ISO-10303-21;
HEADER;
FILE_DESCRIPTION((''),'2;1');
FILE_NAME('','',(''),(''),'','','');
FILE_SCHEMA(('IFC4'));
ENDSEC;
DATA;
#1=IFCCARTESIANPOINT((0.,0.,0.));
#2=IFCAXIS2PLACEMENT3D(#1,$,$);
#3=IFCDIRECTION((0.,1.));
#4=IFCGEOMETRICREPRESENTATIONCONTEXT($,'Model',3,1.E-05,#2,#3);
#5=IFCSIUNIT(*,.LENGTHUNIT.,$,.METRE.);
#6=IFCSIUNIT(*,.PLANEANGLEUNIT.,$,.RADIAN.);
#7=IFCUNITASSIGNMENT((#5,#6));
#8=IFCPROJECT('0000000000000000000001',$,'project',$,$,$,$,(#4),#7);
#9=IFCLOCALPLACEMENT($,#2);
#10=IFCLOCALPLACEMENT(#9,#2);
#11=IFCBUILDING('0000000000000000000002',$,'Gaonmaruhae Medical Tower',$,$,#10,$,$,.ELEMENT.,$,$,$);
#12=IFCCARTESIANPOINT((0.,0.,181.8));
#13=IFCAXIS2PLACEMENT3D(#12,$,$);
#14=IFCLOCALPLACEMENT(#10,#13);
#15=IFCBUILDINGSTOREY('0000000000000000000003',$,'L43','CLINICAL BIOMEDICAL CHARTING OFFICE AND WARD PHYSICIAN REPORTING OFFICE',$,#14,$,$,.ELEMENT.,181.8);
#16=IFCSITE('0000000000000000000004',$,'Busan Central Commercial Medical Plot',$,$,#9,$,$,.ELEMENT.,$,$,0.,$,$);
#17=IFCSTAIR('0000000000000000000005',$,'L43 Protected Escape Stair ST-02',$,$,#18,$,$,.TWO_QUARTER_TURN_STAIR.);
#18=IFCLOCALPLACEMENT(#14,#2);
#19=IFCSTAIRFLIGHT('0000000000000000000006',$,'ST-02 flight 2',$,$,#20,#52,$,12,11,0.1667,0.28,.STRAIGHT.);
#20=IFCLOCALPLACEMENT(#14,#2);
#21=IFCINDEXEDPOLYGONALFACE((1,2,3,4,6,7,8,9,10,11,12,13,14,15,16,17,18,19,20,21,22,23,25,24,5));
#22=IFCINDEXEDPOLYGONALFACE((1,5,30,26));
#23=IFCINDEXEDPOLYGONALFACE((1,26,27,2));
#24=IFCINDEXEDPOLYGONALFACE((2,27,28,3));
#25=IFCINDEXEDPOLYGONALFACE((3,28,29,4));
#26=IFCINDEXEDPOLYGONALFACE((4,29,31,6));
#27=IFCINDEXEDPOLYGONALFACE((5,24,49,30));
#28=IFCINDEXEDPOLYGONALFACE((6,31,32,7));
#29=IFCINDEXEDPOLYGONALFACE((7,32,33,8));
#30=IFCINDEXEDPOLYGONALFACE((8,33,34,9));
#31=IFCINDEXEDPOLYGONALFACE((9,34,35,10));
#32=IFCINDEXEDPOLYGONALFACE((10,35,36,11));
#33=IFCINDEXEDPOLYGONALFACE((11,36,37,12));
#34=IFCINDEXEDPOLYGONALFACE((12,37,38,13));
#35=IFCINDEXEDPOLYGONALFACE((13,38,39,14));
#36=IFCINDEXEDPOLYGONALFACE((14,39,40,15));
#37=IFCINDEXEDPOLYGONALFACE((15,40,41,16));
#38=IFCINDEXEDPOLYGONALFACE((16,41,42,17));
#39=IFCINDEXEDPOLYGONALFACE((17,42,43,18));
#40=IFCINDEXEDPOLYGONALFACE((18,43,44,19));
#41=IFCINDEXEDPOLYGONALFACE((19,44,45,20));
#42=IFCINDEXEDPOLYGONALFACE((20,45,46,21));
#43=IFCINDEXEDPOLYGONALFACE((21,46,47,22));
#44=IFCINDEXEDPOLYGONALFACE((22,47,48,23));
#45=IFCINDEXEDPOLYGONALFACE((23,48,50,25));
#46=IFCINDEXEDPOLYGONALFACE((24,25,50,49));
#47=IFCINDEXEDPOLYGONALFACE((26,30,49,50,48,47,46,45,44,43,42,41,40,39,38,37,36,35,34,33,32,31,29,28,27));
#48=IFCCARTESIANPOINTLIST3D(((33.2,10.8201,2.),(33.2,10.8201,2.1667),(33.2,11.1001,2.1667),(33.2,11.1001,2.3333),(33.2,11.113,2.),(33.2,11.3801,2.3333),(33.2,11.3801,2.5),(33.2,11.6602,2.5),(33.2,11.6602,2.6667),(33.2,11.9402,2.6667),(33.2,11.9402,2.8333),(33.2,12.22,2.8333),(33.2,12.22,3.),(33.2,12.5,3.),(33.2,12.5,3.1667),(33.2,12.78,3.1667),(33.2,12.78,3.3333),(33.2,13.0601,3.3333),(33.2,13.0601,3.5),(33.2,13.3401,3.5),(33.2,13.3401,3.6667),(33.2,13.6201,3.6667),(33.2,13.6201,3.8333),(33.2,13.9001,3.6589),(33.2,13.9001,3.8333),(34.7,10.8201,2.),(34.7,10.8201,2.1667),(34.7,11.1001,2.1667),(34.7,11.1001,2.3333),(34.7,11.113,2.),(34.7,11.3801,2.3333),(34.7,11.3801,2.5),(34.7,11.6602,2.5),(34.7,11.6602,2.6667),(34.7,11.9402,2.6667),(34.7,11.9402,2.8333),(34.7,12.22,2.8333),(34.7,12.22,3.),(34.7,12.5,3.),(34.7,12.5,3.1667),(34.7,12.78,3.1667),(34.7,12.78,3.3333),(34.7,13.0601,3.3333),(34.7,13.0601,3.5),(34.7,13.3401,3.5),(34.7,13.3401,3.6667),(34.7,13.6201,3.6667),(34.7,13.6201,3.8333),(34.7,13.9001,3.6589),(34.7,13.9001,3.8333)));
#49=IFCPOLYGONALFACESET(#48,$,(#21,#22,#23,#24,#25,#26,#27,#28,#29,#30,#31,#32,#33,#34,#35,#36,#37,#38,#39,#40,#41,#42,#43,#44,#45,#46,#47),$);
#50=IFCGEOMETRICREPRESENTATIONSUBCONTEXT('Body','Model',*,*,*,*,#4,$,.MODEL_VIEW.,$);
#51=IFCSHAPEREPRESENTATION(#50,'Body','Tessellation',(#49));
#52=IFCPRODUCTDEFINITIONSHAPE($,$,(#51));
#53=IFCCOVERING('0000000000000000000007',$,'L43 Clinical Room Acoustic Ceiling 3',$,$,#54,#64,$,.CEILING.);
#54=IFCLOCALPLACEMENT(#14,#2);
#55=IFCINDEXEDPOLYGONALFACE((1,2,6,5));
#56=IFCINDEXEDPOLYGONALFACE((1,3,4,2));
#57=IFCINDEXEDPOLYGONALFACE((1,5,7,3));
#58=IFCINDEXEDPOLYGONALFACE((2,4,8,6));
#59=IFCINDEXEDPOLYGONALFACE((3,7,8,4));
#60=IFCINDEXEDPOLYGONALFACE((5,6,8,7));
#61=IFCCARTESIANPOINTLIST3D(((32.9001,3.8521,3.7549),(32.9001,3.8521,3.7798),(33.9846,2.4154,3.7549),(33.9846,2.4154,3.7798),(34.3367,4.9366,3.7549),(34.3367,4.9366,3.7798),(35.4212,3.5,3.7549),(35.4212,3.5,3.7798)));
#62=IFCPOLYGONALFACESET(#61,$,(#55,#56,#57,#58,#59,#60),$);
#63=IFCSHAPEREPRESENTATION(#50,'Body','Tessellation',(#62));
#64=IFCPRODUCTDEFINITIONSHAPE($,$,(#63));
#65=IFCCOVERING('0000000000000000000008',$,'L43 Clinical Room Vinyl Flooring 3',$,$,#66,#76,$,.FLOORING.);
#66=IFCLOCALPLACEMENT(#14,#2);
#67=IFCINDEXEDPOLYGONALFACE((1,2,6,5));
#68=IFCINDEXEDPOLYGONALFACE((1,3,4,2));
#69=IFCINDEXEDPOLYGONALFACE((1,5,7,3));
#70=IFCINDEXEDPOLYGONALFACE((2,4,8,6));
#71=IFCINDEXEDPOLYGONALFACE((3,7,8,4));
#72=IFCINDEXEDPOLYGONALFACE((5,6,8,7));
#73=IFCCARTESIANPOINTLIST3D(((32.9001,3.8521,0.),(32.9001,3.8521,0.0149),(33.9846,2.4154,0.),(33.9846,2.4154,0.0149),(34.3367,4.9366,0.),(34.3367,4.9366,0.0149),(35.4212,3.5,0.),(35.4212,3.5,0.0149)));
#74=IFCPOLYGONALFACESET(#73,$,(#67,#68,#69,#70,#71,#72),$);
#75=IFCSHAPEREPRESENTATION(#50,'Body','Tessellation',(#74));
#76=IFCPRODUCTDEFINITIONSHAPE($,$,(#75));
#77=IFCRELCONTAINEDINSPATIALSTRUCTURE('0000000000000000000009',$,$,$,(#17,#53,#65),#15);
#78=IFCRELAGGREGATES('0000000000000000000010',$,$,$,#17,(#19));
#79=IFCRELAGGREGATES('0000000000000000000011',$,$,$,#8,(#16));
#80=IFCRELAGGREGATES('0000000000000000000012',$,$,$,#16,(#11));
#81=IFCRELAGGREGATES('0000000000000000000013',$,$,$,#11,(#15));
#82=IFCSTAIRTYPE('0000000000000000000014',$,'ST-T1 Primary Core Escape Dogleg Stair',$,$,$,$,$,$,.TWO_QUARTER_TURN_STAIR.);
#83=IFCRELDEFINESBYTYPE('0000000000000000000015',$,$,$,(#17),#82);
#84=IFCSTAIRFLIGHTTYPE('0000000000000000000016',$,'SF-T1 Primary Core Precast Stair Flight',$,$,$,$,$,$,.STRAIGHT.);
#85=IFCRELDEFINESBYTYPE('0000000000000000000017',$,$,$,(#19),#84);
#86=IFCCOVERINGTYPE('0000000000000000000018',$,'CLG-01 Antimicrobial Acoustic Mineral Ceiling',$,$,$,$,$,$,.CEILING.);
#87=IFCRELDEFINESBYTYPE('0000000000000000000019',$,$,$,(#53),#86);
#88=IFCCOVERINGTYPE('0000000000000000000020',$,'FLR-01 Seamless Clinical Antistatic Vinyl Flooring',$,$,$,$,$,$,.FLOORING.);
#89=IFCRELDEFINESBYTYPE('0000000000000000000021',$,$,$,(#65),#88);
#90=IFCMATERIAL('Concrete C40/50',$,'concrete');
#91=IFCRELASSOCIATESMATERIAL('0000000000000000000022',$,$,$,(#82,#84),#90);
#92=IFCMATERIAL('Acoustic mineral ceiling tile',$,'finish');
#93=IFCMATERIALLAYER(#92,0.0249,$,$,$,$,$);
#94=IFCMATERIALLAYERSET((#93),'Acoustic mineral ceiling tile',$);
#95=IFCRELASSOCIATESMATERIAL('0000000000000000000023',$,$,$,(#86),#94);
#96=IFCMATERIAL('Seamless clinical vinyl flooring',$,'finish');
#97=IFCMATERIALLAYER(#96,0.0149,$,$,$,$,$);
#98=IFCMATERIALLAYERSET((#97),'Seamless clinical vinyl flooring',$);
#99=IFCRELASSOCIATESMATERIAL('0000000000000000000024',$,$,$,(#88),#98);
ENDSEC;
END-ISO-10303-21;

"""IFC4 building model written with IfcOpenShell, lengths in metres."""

from ifc_helpers import new_model, si_unit, direction, frame, origin, origin_2d, place, context, subcontext, project, spatial, polyline, rectangle, outline, extrude, material, layer, layer_set, type_object, element, aggregate, save


model = new_model("IFC4")

# Units and contexts
model_context = context("Model", 3, precision=1e-05, world=origin(), true_north=direction((0.0, 1.0)))
body_context = subcontext(model_context, "Body", "Model", "MODEL_VIEW")
ifc_project = project(units=[si_unit("LENGTHUNIT", "METRE"), si_unit("PLANEANGLEUNIT", "RADIAN")], contexts=[model_context])

# Site, building, storey
site_placement = place(None, origin())
site = spatial("IfcSite", under=ifc_project, at=site_placement, Name="Busan Central Commercial Medical Plot", CompositionType="ELEMENT", RefElevation=0.0)
building_placement = place(site_placement, origin())
building = spatial("IfcBuilding", under=site, at=building_placement, Name="Gaonmaruhae Medical Tower", CompositionType="ELEMENT")
storey_placement = place(building_placement, frame((0.0, 0.0, 181.8)))
storey = spatial("IfcBuildingStorey", under=building, at=storey_placement, Name="L43", Description="CLINICAL BIOMEDICAL CHARTING OFFICE AND WARD PHYSICIAN REPORTING OFFICE", CompositionType="ELEMENT", Elevation=181.8)

# Stair, stair flight
ifc_material_1 = material(Name="Concrete C40/50", Category="concrete")
stair_type = type_object("IfcStairType", Name="ST-T1 Primary Core Escape Dogleg Stair", PredefinedType="TWO_QUARTER_TURN_STAIR", material=ifc_material_1)
stair_placement = place(storey_placement, origin())
stair = element("IfcStair", 1, at=stair_placement, inside=storey, type_object=stair_type, Name="L43 Protected Escape Stair ST-02", PredefinedType="TWO_QUARTER_TURN_STAIR")
stair_flight_type = type_object("IfcStairFlightType", Name="SF-T1 Primary Core Precast Stair Flight", PredefinedType="STRAIGHT", material=ifc_material_1)
stair_flight_placement = place(storey_placement, frame((33.95, 10.8201, 2.0), z_axis=(0.0, 0.0, 1.0), x_axis=(0.0, 1.0, 0.0)))
stair_flight = element("IfcStairFlight", 2, at=stair_flight_placement, type_object=stair_flight_type, Name="ST-02 flight 2", NumberOfRisers=12, NumberOfTreads=11, PredefinedType="STRAIGHT", RiserHeight=0.1667, TreadLength=0.28, context=body_context, shape_type="SweptSolid", body=[
    extrude(outline(polyline([(0.0, 0.0), (0.0, 0.1667), (0.28, 0.1667), (0.28, 0.3333), (0.5601, 0.3333), (0.5601, 0.5), (0.8401, 0.5), (0.8401, 0.6667), (1.1201, 0.6667), (1.1201, 0.8333), (1.3999, 0.8333), (1.3999, 1.0), (1.6799, 1.0), (1.6799, 1.1667), (1.96, 1.1667), (1.96, 1.3333), (2.24, 1.3333), (2.24, 1.5), (2.52, 1.5), (2.52, 1.6667), (2.8, 1.6667), (2.8, 1.8333), (3.0801, 1.8333), (3.0801, 2.0), (3.0801, 1.6589), (0.293, 0.0), (0.0, 0.0)])), frame((0.0, 0.75, 0.0), z_axis=(0.0, -1.0, 0.0), x_axis=(1.0, 0.0, 0.0)), (0.0, 0.0, 1.0), 1.5),
])
aggregate(stair, [stair_flight])

# Coverings
ifc_material_2 = material(Name="Acoustic mineral ceiling tile", Category="finish")
ifc_layer_1 = layer(ifc_material_2, 0.0249)
ifc_layer_set_1 = layer_set([ifc_layer_1], Name="Acoustic mineral ceiling tile")
covering_type_1 = type_object("IfcCoveringType", Name="CLG-01 Antimicrobial Acoustic Mineral Ceiling", PredefinedType="CEILING", material=ifc_layer_set_1)
covering_1_placement = place(storey_placement, frame((34.1606, 3.676, 3.7549), z_axis=(0.0, 0.0, 1.0), x_axis=(0.79811, 0.602512, 0.0)))
element("IfcCovering", 3, at=covering_1_placement, inside=storey, type_object=covering_type_1, Name="L43 Clinical Room Acoustic Ceiling 3", PredefinedType="CEILING", context=body_context, shape_type="SweptSolid", body=[
    extrude(rectangle(XDim=1.8, YDim=1.8, at=origin_2d()), origin(), (0.0, 0.0, 1.0), 0.0249),
])
ifc_material_3 = material(Name="Seamless clinical vinyl flooring", Category="finish")
ifc_layer_2 = layer(ifc_material_3, 0.0149)
ifc_layer_set_2 = layer_set([ifc_layer_2], Name="Seamless clinical vinyl flooring")
covering_type_2 = type_object("IfcCoveringType", Name="FLR-01 Seamless Clinical Antistatic Vinyl Flooring", PredefinedType="FLOORING", material=ifc_layer_set_2)
covering_2_placement = place(storey_placement, frame((34.1606, 3.676, 0.0), z_axis=(0.0, 0.0, 1.0), x_axis=(0.79811, 0.602512, 0.0)))
element("IfcCovering", 4, at=covering_2_placement, inside=storey, type_object=covering_type_2, Name="L43 Clinical Room Vinyl Flooring 3", PredefinedType="FLOORING", context=body_context, shape_type="SweptSolid", body=[
    extrude(rectangle(XDim=1.8, YDim=1.8, at=origin_2d()), origin(), (0.0, 0.0, 1.0), 0.0149),
])

save(model, "model.ifc")
